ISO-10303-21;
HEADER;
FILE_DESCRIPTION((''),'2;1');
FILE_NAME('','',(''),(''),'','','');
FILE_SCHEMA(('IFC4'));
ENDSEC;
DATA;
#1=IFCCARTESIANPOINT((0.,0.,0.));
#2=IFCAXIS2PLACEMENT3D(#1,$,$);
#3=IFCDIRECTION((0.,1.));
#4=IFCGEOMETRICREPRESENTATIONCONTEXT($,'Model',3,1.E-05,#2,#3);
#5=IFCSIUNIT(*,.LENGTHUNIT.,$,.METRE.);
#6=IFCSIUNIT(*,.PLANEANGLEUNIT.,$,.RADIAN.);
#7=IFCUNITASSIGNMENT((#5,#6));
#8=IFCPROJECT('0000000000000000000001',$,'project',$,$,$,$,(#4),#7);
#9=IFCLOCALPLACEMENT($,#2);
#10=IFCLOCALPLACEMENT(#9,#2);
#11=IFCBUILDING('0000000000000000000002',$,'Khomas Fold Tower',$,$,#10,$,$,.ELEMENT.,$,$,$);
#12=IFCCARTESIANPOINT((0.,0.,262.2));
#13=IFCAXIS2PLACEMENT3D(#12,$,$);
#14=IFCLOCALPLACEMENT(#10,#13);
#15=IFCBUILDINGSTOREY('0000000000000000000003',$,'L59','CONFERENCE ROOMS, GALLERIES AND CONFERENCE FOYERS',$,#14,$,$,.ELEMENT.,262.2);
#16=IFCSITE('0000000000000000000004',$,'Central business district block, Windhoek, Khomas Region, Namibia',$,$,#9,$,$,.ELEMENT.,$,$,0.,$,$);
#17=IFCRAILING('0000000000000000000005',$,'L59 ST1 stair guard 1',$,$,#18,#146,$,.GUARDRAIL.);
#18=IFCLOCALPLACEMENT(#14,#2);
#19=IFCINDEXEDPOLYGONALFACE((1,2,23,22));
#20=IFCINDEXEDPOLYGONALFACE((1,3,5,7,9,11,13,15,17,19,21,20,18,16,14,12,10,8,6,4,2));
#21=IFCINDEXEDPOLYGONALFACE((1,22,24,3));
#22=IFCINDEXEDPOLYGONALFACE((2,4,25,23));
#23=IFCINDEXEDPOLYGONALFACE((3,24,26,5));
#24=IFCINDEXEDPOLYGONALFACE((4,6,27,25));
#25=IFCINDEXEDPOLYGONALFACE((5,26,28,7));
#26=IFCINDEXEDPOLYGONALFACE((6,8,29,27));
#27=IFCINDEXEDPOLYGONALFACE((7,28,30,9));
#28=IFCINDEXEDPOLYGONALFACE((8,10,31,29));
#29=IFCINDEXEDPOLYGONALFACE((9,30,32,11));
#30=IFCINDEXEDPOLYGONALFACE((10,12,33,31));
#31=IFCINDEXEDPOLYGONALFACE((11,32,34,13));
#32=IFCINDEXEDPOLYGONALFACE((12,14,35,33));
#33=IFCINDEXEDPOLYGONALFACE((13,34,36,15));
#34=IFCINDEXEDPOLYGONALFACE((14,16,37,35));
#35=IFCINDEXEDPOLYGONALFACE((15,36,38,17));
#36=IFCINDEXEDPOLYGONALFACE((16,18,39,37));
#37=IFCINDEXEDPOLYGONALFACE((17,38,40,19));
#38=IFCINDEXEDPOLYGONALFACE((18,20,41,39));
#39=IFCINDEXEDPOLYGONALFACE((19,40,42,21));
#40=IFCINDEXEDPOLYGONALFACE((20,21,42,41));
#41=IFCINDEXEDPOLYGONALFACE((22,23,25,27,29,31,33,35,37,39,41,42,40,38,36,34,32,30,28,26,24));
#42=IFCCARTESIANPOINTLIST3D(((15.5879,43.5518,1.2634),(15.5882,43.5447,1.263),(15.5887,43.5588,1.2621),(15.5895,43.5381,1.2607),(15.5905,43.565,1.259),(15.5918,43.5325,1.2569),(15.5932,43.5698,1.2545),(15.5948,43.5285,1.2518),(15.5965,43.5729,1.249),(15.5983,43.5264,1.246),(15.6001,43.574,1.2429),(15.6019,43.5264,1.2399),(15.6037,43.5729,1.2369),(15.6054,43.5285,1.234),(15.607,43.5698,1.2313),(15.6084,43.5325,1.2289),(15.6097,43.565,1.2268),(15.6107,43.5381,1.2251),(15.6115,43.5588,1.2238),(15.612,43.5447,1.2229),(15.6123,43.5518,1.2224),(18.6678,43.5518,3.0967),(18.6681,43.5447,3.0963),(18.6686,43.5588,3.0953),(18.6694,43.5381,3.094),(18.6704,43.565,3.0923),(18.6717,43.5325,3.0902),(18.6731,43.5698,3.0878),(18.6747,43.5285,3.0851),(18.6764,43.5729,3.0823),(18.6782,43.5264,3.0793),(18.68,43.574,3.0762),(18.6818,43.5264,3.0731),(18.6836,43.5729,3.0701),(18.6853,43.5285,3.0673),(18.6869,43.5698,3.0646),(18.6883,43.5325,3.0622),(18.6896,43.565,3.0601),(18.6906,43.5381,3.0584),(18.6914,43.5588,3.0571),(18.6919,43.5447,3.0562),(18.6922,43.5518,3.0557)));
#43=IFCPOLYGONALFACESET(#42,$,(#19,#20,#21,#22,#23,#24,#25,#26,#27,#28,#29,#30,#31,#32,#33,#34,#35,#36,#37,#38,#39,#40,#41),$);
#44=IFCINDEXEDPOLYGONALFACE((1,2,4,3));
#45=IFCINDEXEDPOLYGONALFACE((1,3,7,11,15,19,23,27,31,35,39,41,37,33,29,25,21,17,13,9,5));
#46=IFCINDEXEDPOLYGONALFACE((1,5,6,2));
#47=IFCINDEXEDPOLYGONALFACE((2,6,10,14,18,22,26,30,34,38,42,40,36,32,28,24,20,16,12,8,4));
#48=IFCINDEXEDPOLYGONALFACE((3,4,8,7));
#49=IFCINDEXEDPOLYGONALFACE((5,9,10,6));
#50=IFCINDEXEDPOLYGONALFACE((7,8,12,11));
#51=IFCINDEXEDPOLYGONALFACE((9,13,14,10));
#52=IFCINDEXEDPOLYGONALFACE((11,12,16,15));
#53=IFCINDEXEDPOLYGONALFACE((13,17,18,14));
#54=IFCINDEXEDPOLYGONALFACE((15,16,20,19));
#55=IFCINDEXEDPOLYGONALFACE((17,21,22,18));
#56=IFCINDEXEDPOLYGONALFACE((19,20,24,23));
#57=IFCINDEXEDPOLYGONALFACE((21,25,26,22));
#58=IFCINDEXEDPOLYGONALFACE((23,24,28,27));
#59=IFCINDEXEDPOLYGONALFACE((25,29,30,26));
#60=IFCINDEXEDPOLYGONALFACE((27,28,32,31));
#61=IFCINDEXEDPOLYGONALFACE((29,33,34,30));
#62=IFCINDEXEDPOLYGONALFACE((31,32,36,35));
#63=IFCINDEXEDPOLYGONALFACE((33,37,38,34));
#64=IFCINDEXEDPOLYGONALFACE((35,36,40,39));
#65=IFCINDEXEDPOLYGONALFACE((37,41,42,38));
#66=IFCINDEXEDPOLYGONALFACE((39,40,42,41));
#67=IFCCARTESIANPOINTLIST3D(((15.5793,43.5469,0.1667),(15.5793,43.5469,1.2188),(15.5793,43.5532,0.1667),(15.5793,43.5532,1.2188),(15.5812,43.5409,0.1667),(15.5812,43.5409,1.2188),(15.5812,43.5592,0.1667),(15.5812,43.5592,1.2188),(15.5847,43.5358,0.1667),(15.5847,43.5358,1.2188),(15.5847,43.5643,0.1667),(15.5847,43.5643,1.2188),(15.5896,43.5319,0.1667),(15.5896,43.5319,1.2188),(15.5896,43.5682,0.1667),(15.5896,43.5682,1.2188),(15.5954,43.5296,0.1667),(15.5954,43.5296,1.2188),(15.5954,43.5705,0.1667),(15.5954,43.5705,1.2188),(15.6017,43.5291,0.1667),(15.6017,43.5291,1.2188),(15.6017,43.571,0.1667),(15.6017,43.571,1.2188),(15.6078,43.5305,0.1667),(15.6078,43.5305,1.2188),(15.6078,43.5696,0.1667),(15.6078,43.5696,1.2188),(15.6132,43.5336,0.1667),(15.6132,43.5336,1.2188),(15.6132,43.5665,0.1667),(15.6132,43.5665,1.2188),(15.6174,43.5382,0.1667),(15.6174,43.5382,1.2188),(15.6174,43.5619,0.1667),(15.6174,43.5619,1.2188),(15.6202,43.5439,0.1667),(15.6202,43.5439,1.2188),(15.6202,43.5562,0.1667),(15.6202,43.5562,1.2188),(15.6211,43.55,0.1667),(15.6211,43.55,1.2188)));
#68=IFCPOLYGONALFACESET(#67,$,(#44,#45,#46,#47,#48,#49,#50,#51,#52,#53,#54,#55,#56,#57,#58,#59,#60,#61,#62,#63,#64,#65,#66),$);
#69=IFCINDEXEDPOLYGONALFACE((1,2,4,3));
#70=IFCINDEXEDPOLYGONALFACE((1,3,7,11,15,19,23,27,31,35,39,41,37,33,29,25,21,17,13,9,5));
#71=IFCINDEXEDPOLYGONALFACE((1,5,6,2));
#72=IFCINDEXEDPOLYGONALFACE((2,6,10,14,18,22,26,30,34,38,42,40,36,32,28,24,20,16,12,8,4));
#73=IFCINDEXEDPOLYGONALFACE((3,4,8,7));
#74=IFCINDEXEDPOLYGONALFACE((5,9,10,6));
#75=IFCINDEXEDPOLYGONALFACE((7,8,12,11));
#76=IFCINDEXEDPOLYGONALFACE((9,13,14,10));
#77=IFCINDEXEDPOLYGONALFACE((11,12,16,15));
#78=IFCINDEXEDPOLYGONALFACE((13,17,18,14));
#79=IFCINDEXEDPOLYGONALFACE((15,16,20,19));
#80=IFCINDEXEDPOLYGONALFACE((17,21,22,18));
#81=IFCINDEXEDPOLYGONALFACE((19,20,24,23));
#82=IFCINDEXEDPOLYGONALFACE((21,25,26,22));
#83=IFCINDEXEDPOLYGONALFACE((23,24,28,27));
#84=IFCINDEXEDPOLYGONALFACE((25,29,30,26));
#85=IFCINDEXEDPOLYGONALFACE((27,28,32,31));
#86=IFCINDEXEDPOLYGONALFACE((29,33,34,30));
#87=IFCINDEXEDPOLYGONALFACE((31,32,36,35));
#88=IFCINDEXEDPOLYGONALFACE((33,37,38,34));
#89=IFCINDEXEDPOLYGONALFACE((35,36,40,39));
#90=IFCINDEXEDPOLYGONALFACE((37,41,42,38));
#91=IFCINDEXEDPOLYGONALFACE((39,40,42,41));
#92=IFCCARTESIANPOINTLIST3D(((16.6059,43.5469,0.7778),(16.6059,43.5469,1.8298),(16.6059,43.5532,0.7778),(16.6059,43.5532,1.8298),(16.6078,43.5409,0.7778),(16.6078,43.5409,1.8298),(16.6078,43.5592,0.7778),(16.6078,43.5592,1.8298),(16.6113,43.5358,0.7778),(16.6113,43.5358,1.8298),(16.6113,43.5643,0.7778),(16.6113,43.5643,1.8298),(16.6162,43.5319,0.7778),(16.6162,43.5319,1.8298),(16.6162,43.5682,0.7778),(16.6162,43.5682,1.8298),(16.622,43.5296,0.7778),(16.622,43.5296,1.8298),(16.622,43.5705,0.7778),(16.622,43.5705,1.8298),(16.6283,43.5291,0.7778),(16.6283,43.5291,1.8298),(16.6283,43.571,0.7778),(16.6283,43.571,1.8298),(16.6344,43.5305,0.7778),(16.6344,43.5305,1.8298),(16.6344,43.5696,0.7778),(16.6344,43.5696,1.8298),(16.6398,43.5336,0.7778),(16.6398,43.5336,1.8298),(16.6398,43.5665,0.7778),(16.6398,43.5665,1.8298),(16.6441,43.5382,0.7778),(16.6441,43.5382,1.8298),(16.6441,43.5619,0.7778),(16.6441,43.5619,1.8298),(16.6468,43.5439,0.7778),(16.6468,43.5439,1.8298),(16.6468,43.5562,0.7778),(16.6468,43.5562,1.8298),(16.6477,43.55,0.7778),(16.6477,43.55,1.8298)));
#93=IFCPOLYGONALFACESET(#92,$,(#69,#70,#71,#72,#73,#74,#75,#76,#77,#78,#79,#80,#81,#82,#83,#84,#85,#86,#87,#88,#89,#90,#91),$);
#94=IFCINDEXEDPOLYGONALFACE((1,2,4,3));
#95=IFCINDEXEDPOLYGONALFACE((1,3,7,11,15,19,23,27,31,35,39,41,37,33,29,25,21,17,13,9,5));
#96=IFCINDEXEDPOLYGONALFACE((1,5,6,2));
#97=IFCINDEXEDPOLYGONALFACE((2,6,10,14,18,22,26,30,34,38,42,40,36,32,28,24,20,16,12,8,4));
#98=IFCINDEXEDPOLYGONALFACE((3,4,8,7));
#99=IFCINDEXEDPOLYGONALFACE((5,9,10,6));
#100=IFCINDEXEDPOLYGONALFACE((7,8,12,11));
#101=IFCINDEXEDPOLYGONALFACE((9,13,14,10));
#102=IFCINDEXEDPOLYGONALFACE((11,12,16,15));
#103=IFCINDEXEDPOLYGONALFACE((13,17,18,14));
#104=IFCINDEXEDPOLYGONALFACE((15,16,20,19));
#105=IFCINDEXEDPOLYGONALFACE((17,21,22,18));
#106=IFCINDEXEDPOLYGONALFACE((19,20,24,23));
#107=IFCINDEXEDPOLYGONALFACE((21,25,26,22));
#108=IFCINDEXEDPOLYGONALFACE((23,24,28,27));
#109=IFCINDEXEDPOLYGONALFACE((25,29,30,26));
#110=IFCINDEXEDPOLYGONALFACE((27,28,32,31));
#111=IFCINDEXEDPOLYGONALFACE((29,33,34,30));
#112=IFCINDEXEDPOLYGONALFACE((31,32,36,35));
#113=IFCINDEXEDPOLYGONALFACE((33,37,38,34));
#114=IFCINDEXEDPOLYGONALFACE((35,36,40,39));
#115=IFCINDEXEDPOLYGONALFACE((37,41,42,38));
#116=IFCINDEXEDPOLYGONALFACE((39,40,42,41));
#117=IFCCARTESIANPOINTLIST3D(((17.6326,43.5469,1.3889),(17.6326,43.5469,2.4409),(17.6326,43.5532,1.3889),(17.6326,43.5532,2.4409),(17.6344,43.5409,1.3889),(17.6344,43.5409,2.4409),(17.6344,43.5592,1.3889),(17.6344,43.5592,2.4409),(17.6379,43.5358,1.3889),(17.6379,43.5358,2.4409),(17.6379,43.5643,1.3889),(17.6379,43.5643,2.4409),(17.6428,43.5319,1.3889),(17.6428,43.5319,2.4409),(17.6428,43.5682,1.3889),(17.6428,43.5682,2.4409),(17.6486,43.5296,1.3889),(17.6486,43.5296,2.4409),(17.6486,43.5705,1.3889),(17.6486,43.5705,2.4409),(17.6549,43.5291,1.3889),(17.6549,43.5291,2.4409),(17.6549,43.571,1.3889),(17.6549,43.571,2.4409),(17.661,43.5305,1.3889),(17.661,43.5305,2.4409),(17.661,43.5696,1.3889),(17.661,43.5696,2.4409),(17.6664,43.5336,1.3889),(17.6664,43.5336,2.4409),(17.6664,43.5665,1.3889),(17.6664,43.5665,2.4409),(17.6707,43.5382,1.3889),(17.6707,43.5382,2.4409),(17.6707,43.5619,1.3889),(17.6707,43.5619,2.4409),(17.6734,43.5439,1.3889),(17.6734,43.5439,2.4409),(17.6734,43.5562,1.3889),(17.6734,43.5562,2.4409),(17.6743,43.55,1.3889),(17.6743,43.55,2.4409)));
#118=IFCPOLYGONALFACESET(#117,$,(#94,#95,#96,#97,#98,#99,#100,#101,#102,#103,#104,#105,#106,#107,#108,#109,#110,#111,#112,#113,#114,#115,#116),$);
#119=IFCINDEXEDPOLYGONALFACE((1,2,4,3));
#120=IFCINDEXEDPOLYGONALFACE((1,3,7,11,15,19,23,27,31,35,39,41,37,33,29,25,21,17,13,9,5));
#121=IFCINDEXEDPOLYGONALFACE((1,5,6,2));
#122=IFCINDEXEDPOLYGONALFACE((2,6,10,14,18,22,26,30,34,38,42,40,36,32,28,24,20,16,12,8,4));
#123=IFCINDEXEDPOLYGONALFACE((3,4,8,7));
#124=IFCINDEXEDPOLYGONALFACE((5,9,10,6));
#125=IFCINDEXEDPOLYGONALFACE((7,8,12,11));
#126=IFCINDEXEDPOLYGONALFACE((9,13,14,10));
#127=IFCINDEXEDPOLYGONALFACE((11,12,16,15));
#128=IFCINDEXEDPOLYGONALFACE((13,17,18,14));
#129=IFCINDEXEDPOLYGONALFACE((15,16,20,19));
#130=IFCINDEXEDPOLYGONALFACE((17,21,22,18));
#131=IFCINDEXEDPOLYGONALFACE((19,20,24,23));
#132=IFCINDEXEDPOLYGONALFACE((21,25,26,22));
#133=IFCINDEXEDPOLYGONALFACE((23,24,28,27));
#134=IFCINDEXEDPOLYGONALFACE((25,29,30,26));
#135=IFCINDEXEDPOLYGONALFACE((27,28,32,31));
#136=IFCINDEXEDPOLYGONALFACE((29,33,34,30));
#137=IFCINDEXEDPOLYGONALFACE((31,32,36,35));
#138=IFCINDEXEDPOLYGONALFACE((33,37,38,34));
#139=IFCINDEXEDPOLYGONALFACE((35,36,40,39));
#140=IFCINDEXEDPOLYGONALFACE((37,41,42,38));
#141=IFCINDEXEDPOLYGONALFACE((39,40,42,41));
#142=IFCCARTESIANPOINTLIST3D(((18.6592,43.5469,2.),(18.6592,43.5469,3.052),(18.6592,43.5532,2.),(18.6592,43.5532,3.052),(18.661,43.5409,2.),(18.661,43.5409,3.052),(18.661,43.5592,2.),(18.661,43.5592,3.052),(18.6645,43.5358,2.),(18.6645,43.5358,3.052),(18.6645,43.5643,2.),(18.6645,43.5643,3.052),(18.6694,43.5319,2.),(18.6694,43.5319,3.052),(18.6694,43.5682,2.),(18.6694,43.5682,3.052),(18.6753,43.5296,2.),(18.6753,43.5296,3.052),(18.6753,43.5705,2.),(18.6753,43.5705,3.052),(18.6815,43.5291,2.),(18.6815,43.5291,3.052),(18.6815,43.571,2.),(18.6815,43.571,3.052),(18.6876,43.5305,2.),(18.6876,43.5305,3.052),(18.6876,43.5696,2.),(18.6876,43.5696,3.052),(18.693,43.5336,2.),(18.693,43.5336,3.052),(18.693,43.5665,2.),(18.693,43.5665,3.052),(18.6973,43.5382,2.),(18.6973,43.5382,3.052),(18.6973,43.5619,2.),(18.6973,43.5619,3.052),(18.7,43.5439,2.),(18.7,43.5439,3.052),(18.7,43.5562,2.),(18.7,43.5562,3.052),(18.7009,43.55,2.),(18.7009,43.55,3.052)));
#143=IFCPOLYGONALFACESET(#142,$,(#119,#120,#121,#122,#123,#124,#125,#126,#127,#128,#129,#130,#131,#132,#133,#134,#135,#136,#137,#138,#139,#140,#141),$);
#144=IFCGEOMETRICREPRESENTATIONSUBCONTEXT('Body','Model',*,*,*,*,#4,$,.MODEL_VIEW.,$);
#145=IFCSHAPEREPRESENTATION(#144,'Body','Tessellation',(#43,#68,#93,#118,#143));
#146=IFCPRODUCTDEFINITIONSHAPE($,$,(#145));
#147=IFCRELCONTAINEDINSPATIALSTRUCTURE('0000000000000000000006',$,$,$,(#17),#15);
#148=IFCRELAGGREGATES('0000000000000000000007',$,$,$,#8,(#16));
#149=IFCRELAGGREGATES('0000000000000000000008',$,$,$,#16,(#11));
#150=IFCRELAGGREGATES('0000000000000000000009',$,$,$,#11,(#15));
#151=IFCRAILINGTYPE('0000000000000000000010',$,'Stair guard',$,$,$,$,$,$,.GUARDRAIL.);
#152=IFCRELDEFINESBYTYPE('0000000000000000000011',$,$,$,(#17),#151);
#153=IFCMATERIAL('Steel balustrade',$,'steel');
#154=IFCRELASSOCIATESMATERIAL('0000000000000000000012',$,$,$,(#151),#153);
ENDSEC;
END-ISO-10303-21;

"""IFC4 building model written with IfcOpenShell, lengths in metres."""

from ifc_helpers import new_model, si_unit, direction, frame, origin, origin_2d, place, context, subcontext, project, spatial, circle, extrude, source, transform, mapped, material, type_object, element, save


model = new_model("IFC4")

# Units and contexts
model_context = context("Model", 3, precision=1e-05, world=origin(), true_north=direction((0.0, 1.0)))
body_context = subcontext(model_context, "Body", "Model", "MODEL_VIEW")
ifc_project = project(units=[si_unit("LENGTHUNIT", "METRE"), si_unit("PLANEANGLEUNIT", "RADIAN")], contexts=[model_context])

# Site, building, storey
site_placement = place(None, origin())
site = spatial("IfcSite", under=ifc_project, at=site_placement, Name="Central business district block, Windhoek, Khomas Region, Namibia", CompositionType="ELEMENT", RefElevation=0.0)
building_placement = place(site_placement, origin())
building = spatial("IfcBuilding", under=site, at=building_placement, Name="Khomas Fold Tower", CompositionType="ELEMENT")
storey_placement = place(building_placement, frame((0.0, 0.0, 262.2)))
storey = spatial("IfcBuildingStorey", under=building, at=storey_placement, Name="L59", Description="CONFERENCE ROOMS, GALLERIES AND CONFERENCE FOYERS", CompositionType="ELEMENT", Elevation=262.2)

# Railing
ifc_material_1 = material(Name="Steel balustrade", Category="steel")
railing_type_1 = type_object("IfcRailingType", Name="Stair guard", PredefinedType="GUARDRAIL", material=ifc_material_1)
shared_shape_1 = source(origin(), body_context, "Body", "SweptSolid", [
    extrude(circle(Radius=0.0239, at=origin_2d()), frame((0.0, 0.0, 1.0762), z_axis=(0.859291, 0.0, 0.511487), x_axis=(0.0, 1.0, 0.0)), (0.0, 0.0, 1.0), 3.5842),
    extrude(circle(Radius=0.021, at=origin_2d()), origin(), (0.0, 0.0, 1.0), 1.052),
    extrude(circle(Radius=0.021, at=origin_2d()), frame((1.0266, 0.0, 0.6111)), (0.0, 0.0, 1.0), 1.052),
    extrude(circle(Radius=0.021, at=origin_2d()), frame((2.0532, 0.0, 1.2222)), (0.0, 0.0, 1.0), 1.052),
    extrude(circle(Radius=0.021, at=origin_2d()), frame((3.0798, 0.0, 1.8333)), (0.0, 0.0, 1.0), 1.052),
])
railing_1_placement = place(storey_placement, frame((15.6001, 43.55, 0.1667)))
element("IfcRailing", 1, at=railing_1_placement, inside=storey, type_object=railing_type_1, Name="L59 ST1 stair guard 1", PredefinedType="GUARDRAIL", context=body_context, shape_type="MappedRepresentation", body=[
    mapped(shared_shape_1, transform((0.0, 0.0, 0.0))),
])

save(model, "model.ifc")
